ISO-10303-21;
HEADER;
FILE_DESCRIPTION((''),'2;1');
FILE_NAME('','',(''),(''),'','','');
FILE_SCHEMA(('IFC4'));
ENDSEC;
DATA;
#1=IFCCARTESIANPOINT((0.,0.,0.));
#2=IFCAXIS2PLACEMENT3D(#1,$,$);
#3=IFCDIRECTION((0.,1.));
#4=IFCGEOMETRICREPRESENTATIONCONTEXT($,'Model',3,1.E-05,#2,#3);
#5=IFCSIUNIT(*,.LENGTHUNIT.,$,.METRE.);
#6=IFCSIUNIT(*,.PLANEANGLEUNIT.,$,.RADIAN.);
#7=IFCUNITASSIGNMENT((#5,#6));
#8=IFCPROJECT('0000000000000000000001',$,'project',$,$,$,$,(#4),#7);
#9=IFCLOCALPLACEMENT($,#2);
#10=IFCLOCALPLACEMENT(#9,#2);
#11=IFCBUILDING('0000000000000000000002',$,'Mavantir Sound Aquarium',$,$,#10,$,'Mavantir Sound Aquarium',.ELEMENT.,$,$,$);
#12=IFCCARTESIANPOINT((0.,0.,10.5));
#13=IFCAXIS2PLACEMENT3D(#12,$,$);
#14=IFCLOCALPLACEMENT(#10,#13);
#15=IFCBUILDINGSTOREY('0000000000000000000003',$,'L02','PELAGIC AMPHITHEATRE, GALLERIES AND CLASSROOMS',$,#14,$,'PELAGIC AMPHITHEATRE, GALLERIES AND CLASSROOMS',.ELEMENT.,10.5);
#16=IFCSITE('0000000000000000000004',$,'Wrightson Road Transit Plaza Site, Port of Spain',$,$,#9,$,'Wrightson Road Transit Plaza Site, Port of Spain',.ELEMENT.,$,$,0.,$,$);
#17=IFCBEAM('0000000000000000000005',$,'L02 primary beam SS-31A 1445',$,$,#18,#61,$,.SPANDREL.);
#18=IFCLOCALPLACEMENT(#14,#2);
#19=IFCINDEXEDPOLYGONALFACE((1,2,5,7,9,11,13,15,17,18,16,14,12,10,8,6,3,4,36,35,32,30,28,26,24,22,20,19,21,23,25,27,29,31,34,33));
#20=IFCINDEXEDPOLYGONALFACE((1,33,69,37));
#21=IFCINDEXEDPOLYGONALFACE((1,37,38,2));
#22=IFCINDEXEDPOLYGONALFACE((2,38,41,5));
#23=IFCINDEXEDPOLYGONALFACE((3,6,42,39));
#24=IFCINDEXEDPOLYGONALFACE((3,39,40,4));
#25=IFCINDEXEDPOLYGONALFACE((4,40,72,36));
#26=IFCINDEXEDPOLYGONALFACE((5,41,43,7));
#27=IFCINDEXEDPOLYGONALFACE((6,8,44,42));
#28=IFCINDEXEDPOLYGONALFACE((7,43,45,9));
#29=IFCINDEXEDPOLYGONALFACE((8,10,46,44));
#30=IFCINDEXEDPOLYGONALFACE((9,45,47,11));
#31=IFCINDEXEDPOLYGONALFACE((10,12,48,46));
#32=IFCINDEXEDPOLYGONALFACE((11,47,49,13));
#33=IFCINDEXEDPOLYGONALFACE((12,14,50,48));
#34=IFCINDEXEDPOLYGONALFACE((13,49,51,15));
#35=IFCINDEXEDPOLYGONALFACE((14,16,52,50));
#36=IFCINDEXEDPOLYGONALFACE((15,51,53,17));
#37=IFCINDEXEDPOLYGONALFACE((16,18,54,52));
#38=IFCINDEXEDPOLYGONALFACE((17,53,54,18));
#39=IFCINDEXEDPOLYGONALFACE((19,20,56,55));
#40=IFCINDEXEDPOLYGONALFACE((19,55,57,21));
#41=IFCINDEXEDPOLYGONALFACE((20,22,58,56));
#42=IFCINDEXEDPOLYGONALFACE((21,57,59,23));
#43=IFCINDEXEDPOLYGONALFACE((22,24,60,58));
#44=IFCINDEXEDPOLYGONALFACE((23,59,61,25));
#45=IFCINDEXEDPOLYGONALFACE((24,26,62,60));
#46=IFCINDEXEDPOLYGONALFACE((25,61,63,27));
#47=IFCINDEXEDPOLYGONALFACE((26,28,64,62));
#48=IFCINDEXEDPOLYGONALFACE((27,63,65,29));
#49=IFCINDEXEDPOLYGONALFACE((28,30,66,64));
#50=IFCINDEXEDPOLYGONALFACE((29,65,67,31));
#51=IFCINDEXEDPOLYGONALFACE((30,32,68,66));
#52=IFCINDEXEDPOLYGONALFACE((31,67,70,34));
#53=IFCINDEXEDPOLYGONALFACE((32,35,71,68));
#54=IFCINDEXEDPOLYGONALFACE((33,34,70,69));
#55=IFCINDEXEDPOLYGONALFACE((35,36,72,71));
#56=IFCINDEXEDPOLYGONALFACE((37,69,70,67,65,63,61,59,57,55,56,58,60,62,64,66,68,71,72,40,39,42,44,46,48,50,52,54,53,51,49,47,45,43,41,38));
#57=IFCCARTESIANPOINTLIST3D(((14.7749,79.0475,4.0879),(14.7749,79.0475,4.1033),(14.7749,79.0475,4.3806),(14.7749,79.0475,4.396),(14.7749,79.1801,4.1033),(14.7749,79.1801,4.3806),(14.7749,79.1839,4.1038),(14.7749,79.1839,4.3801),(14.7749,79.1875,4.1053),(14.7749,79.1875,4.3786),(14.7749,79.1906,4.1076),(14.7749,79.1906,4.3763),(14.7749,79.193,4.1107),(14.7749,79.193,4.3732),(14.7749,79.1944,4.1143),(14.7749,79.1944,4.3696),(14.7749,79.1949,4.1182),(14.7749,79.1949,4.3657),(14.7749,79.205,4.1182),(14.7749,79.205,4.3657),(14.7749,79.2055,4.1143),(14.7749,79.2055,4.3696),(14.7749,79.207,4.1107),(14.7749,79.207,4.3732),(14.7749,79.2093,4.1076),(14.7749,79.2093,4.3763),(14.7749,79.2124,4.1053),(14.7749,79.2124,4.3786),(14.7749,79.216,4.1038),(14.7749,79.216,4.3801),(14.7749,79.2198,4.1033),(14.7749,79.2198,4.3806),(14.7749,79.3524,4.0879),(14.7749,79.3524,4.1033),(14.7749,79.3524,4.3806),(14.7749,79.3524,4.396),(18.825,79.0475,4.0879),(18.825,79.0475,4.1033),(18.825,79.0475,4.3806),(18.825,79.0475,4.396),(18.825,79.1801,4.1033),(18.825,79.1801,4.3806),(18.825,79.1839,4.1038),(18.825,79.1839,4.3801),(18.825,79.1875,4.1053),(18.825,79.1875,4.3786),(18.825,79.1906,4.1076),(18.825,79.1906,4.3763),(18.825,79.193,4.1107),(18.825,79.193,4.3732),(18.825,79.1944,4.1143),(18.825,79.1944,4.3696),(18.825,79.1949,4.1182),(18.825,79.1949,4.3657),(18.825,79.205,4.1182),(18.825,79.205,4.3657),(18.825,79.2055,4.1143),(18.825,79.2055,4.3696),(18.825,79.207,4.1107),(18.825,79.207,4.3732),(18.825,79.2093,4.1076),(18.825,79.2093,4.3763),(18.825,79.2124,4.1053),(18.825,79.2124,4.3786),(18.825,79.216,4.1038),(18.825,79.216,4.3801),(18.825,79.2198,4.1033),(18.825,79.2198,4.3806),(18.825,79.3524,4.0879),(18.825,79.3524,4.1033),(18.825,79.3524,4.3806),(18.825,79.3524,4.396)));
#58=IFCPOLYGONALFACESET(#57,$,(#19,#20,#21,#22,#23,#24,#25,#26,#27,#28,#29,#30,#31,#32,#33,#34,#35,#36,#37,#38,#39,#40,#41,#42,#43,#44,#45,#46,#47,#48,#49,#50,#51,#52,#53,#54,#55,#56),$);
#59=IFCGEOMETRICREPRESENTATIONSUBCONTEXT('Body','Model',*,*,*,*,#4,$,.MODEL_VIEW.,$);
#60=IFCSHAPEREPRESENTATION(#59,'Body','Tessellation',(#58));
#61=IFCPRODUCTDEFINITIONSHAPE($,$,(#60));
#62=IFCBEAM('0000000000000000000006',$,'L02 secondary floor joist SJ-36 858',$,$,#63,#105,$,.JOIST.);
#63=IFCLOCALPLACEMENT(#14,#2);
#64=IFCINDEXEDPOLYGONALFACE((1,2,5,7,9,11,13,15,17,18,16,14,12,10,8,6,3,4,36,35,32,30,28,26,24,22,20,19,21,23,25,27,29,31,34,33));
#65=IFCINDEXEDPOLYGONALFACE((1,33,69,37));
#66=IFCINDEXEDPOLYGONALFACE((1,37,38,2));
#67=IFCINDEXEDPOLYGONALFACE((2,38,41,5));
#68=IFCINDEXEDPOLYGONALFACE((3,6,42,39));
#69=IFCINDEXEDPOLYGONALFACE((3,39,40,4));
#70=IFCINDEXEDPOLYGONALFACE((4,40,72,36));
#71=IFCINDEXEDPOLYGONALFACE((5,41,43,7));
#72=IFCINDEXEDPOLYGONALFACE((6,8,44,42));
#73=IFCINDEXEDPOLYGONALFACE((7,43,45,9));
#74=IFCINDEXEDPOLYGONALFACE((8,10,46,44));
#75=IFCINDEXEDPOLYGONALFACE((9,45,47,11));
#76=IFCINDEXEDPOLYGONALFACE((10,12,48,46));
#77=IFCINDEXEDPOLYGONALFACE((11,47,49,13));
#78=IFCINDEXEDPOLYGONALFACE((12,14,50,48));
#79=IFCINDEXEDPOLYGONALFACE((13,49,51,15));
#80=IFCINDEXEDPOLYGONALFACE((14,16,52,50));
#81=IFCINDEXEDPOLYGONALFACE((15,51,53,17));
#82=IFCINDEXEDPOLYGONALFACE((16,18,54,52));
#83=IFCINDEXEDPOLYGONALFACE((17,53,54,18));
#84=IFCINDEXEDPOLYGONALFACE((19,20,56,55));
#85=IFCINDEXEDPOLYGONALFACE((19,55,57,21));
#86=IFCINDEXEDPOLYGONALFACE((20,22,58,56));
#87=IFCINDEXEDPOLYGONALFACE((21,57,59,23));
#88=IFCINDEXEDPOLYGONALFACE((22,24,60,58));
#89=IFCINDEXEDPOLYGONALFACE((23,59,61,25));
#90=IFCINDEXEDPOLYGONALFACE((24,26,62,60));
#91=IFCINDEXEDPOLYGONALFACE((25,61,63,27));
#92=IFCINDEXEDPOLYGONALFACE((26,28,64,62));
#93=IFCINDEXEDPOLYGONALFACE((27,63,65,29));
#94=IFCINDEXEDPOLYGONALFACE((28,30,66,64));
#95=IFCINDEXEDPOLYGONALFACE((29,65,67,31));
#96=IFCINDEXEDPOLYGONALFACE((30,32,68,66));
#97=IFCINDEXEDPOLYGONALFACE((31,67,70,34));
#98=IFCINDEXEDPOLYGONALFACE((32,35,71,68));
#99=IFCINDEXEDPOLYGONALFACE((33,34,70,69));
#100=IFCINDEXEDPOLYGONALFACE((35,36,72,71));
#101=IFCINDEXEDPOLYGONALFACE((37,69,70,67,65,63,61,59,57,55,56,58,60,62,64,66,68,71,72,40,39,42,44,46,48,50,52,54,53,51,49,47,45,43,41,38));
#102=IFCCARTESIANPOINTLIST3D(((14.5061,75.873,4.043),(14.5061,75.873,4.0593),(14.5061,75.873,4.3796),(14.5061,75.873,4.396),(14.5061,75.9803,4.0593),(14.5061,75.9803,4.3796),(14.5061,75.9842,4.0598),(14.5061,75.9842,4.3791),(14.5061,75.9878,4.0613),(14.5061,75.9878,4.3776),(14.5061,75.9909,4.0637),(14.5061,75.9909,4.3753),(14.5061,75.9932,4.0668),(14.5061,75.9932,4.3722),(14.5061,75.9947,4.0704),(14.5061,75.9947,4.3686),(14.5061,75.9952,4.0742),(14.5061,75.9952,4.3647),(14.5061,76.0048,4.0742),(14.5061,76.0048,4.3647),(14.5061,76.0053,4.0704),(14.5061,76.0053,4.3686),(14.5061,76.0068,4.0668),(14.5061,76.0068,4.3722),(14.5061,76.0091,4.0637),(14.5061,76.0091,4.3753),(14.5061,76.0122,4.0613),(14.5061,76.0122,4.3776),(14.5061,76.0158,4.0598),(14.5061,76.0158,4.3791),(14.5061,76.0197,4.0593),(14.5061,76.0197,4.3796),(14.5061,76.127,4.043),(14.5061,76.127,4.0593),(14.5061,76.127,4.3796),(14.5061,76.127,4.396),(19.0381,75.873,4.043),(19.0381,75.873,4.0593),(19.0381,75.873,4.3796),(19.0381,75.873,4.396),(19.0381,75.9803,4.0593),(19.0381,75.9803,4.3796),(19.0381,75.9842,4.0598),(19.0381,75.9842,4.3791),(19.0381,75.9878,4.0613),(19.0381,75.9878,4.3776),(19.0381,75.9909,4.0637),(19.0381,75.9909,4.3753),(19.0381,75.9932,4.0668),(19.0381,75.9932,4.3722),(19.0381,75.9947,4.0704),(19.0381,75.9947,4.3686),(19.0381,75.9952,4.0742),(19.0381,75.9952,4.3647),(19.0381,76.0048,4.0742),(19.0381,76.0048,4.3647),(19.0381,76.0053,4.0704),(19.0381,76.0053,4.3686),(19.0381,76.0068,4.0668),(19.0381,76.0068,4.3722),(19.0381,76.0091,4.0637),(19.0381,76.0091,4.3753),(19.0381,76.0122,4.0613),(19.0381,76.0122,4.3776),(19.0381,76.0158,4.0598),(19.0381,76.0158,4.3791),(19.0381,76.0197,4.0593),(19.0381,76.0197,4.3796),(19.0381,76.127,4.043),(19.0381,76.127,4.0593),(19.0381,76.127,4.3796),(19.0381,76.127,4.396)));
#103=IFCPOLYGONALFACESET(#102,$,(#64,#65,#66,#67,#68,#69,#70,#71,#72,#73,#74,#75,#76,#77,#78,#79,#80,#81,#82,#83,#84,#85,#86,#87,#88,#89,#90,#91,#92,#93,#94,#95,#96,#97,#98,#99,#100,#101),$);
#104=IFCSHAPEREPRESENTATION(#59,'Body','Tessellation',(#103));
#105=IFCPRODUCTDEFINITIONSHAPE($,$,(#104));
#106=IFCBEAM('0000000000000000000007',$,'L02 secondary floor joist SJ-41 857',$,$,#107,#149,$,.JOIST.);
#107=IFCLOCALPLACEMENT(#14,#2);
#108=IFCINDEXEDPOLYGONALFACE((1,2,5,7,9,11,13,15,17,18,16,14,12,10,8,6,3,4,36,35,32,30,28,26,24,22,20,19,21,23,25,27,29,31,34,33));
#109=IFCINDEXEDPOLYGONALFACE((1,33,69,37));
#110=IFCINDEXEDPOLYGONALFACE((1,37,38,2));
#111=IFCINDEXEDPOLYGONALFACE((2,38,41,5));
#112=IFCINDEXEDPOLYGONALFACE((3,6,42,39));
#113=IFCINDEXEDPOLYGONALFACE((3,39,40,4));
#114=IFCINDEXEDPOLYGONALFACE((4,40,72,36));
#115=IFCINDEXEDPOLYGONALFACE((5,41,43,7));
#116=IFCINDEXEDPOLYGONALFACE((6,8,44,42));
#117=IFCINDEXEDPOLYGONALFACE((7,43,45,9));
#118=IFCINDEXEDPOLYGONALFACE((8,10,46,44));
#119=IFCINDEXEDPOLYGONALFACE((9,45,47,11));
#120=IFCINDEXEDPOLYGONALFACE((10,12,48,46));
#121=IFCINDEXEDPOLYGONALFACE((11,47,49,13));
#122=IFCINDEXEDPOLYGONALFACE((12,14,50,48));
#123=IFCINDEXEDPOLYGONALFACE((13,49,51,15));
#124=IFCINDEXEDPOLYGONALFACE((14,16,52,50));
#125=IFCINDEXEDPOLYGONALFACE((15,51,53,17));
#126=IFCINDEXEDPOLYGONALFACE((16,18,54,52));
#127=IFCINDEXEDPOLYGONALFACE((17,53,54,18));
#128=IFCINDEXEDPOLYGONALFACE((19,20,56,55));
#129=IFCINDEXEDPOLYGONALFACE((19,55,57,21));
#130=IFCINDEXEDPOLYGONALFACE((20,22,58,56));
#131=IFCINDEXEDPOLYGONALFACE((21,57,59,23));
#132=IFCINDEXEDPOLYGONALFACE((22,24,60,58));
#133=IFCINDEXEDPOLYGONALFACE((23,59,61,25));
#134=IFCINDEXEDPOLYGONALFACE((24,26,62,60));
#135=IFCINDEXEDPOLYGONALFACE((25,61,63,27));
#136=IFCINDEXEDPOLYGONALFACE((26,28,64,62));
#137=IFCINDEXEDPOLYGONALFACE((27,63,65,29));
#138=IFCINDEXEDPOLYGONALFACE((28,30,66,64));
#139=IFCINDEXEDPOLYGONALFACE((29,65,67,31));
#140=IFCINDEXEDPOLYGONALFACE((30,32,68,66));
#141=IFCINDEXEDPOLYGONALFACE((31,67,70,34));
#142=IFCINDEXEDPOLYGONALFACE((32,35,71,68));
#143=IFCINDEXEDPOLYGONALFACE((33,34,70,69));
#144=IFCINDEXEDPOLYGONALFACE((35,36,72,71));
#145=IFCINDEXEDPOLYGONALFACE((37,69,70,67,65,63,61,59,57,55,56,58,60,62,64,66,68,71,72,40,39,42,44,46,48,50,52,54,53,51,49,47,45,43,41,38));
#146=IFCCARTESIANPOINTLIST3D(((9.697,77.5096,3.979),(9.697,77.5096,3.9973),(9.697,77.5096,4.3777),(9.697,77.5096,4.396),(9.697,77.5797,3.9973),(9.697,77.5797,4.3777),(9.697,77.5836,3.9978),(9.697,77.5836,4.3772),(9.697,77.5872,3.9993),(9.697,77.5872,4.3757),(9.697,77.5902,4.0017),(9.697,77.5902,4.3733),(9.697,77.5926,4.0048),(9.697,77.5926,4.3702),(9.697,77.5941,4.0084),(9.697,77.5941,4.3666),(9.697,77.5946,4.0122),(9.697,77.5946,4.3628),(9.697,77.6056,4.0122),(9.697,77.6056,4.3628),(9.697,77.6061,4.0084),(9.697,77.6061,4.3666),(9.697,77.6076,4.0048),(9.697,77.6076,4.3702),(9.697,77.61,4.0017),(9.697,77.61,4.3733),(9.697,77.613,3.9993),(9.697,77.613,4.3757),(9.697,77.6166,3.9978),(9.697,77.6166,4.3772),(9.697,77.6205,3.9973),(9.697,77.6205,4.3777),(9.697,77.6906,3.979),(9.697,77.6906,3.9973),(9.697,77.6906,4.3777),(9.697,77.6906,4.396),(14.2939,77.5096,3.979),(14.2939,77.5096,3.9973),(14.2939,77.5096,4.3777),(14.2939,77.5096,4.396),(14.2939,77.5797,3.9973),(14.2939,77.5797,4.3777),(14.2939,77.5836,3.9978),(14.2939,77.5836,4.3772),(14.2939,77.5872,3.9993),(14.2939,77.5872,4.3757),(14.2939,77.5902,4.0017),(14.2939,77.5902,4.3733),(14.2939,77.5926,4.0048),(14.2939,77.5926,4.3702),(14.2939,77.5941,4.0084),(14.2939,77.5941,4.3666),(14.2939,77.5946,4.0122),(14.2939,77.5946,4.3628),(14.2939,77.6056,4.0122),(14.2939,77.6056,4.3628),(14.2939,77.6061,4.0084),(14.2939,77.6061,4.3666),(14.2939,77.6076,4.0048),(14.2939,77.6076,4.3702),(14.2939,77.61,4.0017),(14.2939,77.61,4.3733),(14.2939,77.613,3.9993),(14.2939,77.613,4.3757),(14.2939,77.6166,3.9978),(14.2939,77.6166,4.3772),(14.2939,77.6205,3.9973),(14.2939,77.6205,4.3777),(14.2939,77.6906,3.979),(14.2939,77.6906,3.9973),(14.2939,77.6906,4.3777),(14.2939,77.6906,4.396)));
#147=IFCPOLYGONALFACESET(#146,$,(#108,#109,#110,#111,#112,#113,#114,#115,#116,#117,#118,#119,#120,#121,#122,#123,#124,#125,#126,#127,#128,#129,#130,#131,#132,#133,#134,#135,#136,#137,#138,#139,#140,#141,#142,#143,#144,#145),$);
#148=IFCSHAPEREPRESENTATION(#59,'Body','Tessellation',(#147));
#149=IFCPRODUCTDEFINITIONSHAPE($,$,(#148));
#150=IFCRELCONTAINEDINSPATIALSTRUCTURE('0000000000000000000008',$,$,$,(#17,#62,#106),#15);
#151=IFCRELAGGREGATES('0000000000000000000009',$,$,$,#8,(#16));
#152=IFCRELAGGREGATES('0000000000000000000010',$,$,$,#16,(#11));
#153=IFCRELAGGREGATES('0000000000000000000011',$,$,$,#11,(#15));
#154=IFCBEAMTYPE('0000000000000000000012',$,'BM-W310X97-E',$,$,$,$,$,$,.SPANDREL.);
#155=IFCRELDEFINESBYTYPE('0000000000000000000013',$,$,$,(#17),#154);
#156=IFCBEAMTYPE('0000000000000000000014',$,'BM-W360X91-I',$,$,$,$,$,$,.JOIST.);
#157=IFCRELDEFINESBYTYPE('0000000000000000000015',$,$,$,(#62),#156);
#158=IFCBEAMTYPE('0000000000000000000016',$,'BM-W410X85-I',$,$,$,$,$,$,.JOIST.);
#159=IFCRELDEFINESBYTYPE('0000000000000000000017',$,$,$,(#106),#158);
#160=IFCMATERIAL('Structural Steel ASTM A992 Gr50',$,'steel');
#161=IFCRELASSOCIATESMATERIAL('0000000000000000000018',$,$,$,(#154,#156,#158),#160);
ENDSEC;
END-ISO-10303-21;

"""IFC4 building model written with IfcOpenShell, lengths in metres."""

from ifc_helpers import new_model, si_unit, direction, frame, origin, origin_2d, place, context, subcontext, project, spatial, i_section, extrude, material, material_profile, profile_set, type_object, element, save


model = new_model("IFC4")

# Units and contexts
model_context = context("Model", 3, precision=1e-05, world=origin(), true_north=direction((0.0, 1.0)))
body_context = subcontext(model_context, "Body", "Model", "MODEL_VIEW")
ifc_project = project(units=[si_unit("LENGTHUNIT", "METRE"), si_unit("PLANEANGLEUNIT", "RADIAN")], contexts=[model_context])

# Site, building, storey
site_placement = place(None, origin())
site = spatial("IfcSite", under=ifc_project, at=site_placement, Name="Wrightson Road Transit Plaza Site, Port of Spain", LongName="Wrightson Road Transit Plaza Site, Port of Spain", CompositionType="ELEMENT", RefElevation=0.0)
building_placement = place(site_placement, origin())
building = spatial("IfcBuilding", under=site, at=building_placement, Name="Mavantir Sound Aquarium", LongName="Mavantir Sound Aquarium", CompositionType="ELEMENT")
storey_placement = place(building_placement, frame((0.0, 0.0, 10.5)))
storey = spatial("IfcBuildingStorey", under=building, at=storey_placement, Name="L02", Description="PELAGIC AMPHITHEATRE, GALLERIES AND CLASSROOMS", LongName="PELAGIC AMPHITHEATRE, GALLERIES AND CLASSROOMS", CompositionType="ELEMENT", Elevation=10.5)

# Beams
ifc_material_1 = material(Name="Structural Steel ASTM A992 Gr50", Category="steel")
ifc_material_profile_1 = material_profile(ifc_material_1, i_section(OverallWidth=0.3049, OverallDepth=0.3081, WebThickness=0.01, FlangeThickness=0.0154, FilletRadius=0.0149, at=origin_2d()), Name="W310X97")
ifc_profile_set_1 = profile_set([ifc_material_profile_1], Name="Structural Steel ASTM A992 Gr50")
beam_type_1 = type_object("IfcBeamType", Name="BM-W310X97-E", PredefinedType="SPANDREL", material=ifc_profile_set_1)
beam_1_placement = place(storey_placement, frame((14.7749, 79.2, 4.2419), z_axis=(1.0, 0.0, 0.0), x_axis=(0.0, 1.0, 0.0)))
element("IfcBeam", 1, at=beam_1_placement, inside=storey, type_object=beam_type_1, Name="L02 primary beam SS-31A 1445", PredefinedType="SPANDREL", context=body_context, shape_type="SweptSolid", body=[
    extrude(i_section(OverallWidth=0.3049, OverallDepth=0.3081, WebThickness=0.01, FlangeThickness=0.0154, FilletRadius=0.0149, at=origin_2d()), origin(), (0.0, 0.0, 1.0), 4.05),
])
ifc_material_profile_2 = material_profile(ifc_material_1, i_section(OverallWidth=0.2539, OverallDepth=0.353, WebThickness=0.0095, FlangeThickness=0.0164, FilletRadius=0.0149, at=origin_2d()), Name="W360X91")
ifc_profile_set_2 = profile_set([ifc_material_profile_2], Name="Structural Steel ASTM A992 Gr50")
beam_type_2 = type_object("IfcBeamType", Name="BM-W360X91-I", PredefinedType="JOIST", material=ifc_profile_set_2)
beam_2_placement = place(storey_placement, frame((14.5061, 76.0, 4.2195), z_axis=(1.0, 0.0, 0.0), x_axis=(0.0, 1.0, 0.0)))
element("IfcBeam", 2, at=beam_2_placement, inside=storey, type_object=beam_type_2, Name="L02 secondary floor joist SJ-36 858", PredefinedType="JOIST", context=body_context, shape_type="SweptSolid", body=[
    extrude(i_section(OverallWidth=0.2539, OverallDepth=0.353, WebThickness=0.0095, FlangeThickness=0.0164, FilletRadius=0.0149, at=origin_2d()), origin(), (0.0, 0.0, 1.0), 4.532),
])
ifc_material_profile_3 = material_profile(ifc_material_1, i_section(OverallWidth=0.1809, OverallDepth=0.417, WebThickness=0.011, FlangeThickness=0.0183, FilletRadius=0.0149, at=origin_2d()), Name="W410X85")
ifc_profile_set_3 = profile_set([ifc_material_profile_3], Name="Structural Steel ASTM A992 Gr50")
beam_type_3 = type_object("IfcBeamType", Name="BM-W410X85-I", PredefinedType="JOIST", material=ifc_profile_set_3)
beam_3_placement = place(storey_placement, frame((9.697, 77.6001, 4.1875), z_axis=(1.0, 0.0, 0.0), x_axis=(0.0, 1.0, 0.0)))
element("IfcBeam", 3, at=beam_3_placement, inside=storey, type_object=beam_type_3, Name="L02 secondary floor joist SJ-41 857", PredefinedType="JOIST", context=body_context, shape_type="SweptSolid", body=[
    extrude(i_section(OverallWidth=0.1809, OverallDepth=0.417, WebThickness=0.011, FlangeThickness=0.0183, FilletRadius=0.0149, at=origin_2d()), origin(), (0.0, 0.0, 1.0), 4.5969),
])

save(model, "model.ifc")
